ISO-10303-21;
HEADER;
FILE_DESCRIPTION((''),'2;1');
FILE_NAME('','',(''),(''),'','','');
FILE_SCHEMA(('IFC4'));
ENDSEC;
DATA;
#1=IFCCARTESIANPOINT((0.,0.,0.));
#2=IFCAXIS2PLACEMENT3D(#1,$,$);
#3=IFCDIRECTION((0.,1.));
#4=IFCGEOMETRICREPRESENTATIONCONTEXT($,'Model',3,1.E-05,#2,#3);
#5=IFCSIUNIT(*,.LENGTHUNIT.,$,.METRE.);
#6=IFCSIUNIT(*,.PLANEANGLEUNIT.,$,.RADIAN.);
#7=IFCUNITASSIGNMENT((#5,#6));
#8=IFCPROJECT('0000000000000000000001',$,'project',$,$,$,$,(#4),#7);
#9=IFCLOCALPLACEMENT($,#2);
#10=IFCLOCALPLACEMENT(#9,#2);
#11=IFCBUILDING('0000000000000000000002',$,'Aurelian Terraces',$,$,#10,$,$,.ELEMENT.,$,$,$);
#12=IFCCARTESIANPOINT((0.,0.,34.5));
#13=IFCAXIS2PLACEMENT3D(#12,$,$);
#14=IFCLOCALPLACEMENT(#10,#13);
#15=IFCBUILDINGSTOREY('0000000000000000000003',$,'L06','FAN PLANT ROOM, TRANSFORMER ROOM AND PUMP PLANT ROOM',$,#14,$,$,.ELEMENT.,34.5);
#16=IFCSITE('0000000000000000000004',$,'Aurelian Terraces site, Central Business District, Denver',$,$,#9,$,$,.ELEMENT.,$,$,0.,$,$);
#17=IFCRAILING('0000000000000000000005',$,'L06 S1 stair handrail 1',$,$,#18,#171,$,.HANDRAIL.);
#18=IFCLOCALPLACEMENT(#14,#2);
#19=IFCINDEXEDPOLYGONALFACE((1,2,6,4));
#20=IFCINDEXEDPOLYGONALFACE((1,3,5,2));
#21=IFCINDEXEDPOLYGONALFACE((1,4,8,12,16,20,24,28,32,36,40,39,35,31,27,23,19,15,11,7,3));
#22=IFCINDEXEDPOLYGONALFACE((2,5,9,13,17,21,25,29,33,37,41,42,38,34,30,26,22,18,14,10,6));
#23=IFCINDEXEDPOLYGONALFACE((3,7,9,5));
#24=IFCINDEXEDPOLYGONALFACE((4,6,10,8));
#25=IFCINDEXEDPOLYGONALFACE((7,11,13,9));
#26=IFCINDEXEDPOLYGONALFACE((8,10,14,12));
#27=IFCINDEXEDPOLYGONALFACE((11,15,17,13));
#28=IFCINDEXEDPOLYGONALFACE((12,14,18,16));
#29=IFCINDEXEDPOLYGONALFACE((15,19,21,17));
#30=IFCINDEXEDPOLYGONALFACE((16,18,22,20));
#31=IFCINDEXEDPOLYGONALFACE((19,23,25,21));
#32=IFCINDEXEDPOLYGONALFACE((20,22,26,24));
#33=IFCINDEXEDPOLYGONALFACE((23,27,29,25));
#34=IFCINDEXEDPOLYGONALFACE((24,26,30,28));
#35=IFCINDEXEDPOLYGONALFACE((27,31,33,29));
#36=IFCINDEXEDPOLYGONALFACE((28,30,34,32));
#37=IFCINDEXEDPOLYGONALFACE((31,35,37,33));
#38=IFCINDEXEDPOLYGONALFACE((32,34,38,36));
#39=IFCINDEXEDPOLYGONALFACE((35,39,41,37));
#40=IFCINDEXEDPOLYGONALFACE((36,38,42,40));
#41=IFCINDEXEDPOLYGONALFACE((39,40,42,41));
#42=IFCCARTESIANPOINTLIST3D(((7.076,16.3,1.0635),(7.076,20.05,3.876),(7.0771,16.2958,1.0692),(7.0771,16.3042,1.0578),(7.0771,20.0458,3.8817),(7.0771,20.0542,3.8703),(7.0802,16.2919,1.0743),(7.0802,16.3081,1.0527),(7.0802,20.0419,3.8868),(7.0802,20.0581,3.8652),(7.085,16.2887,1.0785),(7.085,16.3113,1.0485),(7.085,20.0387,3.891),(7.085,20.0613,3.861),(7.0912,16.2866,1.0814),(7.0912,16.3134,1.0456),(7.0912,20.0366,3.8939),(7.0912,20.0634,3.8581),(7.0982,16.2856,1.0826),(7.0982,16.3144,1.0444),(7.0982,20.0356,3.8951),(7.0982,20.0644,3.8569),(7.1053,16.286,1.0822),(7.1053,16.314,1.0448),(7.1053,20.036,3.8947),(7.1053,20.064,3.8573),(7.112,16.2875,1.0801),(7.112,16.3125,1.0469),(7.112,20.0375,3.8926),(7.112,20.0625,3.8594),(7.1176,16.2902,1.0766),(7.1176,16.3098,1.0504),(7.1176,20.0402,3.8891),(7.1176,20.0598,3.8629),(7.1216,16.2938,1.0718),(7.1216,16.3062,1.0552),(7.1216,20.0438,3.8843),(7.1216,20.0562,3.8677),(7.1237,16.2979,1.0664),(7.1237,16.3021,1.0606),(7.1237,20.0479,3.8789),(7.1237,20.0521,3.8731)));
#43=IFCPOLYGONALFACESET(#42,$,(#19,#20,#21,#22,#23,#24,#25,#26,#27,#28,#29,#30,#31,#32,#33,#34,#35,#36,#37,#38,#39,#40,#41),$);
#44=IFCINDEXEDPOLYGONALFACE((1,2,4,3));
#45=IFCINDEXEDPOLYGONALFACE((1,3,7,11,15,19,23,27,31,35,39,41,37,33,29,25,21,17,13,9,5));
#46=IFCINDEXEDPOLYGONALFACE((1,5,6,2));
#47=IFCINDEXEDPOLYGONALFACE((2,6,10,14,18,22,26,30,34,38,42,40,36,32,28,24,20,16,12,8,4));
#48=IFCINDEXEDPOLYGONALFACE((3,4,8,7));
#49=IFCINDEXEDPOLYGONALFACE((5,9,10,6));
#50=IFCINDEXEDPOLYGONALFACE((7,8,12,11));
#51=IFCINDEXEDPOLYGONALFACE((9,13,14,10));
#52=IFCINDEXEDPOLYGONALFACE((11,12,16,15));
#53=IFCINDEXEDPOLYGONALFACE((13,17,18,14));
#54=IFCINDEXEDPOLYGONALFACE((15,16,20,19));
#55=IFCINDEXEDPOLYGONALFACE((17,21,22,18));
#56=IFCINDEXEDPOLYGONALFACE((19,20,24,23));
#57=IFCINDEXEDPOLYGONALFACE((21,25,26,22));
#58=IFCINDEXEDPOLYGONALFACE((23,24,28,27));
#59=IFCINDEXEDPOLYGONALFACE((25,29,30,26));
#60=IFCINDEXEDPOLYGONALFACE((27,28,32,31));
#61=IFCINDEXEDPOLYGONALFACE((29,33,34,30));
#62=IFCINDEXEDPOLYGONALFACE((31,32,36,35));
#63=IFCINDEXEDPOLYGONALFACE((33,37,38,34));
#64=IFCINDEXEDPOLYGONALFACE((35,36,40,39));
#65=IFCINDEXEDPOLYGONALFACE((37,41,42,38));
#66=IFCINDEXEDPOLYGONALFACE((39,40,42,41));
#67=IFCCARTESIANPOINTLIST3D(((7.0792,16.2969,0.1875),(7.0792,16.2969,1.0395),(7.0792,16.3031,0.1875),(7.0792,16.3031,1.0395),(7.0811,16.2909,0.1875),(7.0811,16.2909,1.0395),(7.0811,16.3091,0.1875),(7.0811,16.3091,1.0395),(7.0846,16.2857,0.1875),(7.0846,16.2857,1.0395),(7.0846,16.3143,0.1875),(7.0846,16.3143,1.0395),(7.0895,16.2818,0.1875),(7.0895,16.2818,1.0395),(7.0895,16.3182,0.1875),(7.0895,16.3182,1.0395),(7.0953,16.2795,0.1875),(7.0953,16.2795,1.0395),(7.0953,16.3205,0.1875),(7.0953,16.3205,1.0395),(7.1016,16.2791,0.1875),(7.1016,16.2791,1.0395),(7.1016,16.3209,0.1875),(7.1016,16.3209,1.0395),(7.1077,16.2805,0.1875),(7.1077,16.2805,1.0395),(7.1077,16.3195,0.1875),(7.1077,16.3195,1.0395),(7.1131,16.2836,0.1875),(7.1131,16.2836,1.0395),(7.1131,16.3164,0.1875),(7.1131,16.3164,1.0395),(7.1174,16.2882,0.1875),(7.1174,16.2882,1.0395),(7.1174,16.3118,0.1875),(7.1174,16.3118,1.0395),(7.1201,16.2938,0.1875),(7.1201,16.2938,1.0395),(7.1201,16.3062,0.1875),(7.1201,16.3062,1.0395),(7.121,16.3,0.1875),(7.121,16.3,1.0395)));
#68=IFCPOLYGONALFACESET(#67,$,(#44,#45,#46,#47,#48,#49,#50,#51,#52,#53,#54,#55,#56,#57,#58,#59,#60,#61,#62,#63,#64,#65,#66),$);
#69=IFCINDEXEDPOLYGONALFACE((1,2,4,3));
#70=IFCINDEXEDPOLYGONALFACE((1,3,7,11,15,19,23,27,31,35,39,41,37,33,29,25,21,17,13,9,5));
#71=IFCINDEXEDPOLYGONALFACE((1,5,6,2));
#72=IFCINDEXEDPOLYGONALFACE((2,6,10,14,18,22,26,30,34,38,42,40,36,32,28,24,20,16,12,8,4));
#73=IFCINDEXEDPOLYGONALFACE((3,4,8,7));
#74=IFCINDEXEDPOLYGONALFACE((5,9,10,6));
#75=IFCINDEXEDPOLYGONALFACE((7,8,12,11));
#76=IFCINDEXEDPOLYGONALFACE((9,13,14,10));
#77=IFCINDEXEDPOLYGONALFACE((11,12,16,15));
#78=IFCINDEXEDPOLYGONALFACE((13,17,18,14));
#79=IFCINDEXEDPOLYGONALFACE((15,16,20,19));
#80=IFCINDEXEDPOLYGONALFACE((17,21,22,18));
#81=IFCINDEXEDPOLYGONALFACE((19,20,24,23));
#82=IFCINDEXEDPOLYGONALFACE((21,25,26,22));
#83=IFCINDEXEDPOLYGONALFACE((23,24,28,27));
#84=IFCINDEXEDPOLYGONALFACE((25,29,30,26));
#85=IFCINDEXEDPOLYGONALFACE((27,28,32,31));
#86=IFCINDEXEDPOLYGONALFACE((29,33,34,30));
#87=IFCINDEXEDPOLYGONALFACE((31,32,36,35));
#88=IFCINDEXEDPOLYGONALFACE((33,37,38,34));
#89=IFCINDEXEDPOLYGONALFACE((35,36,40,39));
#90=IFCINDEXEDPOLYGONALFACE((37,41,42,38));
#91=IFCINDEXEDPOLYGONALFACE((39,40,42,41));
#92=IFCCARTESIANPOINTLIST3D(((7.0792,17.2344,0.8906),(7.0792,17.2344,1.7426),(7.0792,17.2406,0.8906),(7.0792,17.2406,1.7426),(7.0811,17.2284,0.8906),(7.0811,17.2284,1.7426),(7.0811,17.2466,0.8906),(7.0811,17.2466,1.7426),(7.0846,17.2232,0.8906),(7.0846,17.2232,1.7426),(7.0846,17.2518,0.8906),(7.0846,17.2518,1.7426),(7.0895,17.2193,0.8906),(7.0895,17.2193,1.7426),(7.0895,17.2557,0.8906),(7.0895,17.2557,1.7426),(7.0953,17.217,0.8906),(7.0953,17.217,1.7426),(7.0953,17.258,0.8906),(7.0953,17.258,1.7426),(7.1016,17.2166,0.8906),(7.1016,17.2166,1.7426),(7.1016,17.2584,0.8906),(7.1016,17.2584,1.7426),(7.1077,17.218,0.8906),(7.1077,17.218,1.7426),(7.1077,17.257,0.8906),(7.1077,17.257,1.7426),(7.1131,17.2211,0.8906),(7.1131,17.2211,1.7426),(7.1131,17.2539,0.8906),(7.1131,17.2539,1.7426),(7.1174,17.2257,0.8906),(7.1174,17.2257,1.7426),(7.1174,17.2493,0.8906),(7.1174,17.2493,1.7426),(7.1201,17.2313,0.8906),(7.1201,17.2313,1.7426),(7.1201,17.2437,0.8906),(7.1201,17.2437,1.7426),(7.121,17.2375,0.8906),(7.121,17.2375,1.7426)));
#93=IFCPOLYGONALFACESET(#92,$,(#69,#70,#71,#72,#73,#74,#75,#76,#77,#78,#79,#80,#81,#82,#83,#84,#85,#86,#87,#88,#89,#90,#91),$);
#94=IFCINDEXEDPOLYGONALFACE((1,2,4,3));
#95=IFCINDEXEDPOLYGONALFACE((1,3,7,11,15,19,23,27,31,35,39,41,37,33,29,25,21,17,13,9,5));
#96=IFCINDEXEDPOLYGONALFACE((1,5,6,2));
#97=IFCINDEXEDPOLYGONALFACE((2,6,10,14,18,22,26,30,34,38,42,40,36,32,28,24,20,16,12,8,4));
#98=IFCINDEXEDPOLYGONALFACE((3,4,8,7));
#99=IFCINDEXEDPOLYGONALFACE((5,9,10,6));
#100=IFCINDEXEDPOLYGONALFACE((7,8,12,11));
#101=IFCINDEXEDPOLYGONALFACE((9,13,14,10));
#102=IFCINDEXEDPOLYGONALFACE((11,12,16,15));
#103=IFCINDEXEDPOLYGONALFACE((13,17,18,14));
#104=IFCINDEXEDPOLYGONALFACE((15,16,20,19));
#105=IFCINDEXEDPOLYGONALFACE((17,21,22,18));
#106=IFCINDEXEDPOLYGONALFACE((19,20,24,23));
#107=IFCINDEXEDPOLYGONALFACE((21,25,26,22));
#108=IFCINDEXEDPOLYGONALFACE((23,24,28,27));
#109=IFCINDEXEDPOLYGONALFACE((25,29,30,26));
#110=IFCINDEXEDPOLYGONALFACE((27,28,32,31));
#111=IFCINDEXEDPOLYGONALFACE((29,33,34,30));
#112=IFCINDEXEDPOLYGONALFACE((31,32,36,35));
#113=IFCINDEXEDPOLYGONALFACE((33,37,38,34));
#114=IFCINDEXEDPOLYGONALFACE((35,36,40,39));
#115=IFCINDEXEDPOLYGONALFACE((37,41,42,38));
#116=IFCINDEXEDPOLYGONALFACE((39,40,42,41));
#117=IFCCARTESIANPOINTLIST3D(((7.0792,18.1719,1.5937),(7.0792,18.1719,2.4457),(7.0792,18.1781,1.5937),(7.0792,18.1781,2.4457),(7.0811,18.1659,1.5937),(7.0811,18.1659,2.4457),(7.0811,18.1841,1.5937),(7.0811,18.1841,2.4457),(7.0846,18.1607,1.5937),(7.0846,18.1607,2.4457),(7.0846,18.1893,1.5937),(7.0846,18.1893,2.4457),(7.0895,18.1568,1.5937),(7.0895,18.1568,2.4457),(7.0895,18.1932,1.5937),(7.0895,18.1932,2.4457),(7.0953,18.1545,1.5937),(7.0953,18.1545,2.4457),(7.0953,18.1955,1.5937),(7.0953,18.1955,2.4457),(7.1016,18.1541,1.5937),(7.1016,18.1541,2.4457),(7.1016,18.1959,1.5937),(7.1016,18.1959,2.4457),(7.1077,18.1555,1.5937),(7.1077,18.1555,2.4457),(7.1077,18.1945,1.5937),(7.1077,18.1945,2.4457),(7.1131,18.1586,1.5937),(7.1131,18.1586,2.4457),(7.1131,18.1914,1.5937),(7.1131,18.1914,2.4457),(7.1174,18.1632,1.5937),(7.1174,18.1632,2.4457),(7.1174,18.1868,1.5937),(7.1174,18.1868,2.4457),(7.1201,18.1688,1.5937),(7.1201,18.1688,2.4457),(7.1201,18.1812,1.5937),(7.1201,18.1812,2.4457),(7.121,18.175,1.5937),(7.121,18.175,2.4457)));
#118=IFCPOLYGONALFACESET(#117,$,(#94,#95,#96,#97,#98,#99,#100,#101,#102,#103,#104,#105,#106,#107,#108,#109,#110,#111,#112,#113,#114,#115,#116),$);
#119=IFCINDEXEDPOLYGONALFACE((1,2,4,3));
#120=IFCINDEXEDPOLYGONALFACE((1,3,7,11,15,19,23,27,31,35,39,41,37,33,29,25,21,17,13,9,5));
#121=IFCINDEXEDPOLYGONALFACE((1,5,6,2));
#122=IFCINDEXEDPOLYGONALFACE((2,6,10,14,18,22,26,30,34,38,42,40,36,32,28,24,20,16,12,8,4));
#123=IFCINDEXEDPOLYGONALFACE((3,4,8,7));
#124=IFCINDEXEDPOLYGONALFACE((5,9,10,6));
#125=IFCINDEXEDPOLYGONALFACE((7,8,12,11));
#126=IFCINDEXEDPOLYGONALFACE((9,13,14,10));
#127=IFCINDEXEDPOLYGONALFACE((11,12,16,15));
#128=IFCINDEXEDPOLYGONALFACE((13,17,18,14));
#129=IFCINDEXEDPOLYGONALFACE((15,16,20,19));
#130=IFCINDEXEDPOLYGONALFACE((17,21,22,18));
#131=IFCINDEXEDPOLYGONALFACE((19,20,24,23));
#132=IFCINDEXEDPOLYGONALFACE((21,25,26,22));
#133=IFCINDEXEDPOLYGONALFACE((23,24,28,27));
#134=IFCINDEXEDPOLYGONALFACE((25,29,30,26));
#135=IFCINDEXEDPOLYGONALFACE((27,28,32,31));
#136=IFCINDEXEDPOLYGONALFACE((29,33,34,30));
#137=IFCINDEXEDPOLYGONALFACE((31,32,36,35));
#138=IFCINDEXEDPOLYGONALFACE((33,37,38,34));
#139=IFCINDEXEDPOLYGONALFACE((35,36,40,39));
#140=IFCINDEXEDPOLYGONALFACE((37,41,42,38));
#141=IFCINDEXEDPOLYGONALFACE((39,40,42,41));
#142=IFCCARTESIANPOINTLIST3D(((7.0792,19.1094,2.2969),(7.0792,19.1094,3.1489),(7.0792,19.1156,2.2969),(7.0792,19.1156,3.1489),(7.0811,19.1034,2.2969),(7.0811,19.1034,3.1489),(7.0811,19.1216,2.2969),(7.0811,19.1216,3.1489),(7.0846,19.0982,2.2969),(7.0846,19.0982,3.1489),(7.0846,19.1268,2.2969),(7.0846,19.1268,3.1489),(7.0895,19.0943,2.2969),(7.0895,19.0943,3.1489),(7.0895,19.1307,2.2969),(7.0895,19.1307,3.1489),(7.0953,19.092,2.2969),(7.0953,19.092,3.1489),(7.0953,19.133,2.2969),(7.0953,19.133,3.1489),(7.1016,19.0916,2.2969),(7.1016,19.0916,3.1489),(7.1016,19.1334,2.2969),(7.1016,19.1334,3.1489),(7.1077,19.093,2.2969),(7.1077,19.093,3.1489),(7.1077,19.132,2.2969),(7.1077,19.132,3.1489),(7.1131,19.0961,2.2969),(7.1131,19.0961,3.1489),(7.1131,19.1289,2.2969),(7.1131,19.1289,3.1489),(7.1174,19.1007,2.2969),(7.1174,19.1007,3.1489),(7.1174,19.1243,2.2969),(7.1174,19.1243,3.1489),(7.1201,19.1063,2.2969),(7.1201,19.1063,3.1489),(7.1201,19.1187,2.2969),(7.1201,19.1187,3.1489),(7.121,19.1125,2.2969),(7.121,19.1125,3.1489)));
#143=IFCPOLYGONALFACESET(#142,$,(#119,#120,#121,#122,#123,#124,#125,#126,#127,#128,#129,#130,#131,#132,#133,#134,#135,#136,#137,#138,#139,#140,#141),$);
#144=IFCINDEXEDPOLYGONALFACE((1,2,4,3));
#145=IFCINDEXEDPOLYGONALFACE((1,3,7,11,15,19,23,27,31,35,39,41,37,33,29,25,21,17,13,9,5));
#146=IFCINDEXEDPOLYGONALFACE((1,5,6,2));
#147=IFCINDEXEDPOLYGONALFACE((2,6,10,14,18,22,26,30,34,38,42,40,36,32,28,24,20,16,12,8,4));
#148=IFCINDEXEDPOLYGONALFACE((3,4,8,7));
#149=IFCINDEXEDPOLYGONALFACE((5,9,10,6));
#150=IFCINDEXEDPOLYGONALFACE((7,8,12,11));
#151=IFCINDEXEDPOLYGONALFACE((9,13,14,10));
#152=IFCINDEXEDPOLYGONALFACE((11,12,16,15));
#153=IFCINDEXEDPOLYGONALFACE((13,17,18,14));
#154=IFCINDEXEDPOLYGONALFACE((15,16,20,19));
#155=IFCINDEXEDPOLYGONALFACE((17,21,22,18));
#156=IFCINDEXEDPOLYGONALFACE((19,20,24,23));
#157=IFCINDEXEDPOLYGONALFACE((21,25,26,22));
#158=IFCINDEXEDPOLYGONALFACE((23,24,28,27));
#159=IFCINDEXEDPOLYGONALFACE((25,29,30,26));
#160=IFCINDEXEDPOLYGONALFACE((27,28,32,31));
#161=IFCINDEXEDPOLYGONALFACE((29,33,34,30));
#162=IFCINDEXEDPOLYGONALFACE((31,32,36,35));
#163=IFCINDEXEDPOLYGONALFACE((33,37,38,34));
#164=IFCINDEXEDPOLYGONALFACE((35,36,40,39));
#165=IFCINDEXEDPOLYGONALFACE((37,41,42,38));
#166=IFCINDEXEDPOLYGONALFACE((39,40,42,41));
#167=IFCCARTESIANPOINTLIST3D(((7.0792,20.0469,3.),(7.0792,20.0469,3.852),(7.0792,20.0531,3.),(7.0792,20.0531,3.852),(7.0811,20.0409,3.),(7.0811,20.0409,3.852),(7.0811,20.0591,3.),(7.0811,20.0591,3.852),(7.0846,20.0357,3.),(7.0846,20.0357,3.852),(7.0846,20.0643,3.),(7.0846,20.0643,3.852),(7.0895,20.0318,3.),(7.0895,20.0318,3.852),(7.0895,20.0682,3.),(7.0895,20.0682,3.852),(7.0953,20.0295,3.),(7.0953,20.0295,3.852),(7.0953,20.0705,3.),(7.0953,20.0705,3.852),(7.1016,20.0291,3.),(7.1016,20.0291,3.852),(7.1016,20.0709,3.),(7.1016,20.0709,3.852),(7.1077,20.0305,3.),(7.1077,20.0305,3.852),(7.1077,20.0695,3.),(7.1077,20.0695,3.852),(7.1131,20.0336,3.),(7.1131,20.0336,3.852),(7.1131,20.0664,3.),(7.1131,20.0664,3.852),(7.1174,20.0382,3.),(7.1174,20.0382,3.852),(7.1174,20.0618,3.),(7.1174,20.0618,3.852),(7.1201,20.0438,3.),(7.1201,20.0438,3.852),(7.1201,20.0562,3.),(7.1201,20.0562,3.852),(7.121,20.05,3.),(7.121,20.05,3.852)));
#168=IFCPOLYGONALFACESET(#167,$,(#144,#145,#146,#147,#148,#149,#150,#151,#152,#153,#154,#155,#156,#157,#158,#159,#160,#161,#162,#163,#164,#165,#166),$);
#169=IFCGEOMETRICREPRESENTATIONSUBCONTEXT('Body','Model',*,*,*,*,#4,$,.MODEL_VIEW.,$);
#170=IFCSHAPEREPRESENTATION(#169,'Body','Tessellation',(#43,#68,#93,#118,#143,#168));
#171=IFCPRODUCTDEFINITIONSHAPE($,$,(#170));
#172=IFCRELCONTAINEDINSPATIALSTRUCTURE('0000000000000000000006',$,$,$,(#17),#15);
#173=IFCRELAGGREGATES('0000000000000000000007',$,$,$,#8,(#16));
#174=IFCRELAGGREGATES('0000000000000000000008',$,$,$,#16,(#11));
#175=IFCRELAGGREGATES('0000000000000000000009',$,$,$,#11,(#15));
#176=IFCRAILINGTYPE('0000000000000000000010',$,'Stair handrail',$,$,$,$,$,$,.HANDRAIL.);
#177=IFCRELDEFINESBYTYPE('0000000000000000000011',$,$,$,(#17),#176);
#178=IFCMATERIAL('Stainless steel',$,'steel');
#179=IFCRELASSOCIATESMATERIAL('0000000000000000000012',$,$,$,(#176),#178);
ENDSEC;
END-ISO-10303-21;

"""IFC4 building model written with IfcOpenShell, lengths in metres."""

from ifc_helpers import new_model, si_unit, direction, frame, origin, origin_2d, place, context, subcontext, project, spatial, circle, extrude, material, type_object, element, save


model = new_model("IFC4")

# Units and contexts
model_context = context("Model", 3, precision=1e-05, world=origin(), true_north=direction((0.0, 1.0)))
body_context = subcontext(model_context, "Body", "Model", "MODEL_VIEW")
ifc_project = project(units=[si_unit("LENGTHUNIT", "METRE"), si_unit("PLANEANGLEUNIT", "RADIAN")], contexts=[model_context])

# Site, building, storey
site_placement = place(None, origin())
site = spatial("IfcSite", under=ifc_project, at=site_placement, Name="Aurelian Terraces site, Central Business District, Denver", CompositionType="ELEMENT", RefElevation=0.0)
building_placement = place(site_placement, origin())
building = spatial("IfcBuilding", under=site, at=building_placement, Name="Aurelian Terraces", CompositionType="ELEMENT")
storey_placement = place(building_placement, frame((0.0, 0.0, 34.5)))
storey = spatial("IfcBuildingStorey", under=building, at=storey_placement, Name="L06", Description="FAN PLANT ROOM, TRANSFORMER ROOM AND PUMP PLANT ROOM", CompositionType="ELEMENT", Elevation=34.5)

# Railing
ifc_material_1 = material(Name="Stainless steel", Category="steel")
railing_type = type_object("IfcRailingType", Name="Stair handrail", PredefinedType="HANDRAIL", material=ifc_material_1)
railing_placement = place(storey_placement, frame((7.1, 16.3, 0.1875)))
element("IfcRailing", 1, at=railing_placement, inside=storey, type_object=railing_type, Name="L06 S1 stair handrail 1", PredefinedType="HANDRAIL", context=body_context, shape_type="SweptSolid", body=[
    extrude(circle(Radius=0.024, at=origin_2d()), frame((0.0, 0.0, 0.876), z_axis=(0.0, 0.8, 0.6), x_axis=(-1.0, 0.0, 0.0)), (0.0, 0.0, 1.0), 4.6875),
    extrude(circle(Radius=0.021, at=origin_2d()), origin(), (0.0, 0.0, 1.0), 0.852),
    extrude(circle(Radius=0.021, at=origin_2d()), frame((0.0, 0.9375, 0.7031)), (0.0, 0.0, 1.0), 0.852),
    extrude(circle(Radius=0.021, at=origin_2d()), frame((0.0, 1.875, 1.4062)), (0.0, 0.0, 1.0), 0.852),
    extrude(circle(Radius=0.021, at=origin_2d()), frame((0.0, 2.8125, 2.1094)), (0.0, 0.0, 1.0), 0.852),
    extrude(circle(Radius=0.021, at=origin_2d()), frame((0.0, 3.75, 2.8125)), (0.0, 0.0, 1.0), 0.852),
])

save(model, "model.ifc")
